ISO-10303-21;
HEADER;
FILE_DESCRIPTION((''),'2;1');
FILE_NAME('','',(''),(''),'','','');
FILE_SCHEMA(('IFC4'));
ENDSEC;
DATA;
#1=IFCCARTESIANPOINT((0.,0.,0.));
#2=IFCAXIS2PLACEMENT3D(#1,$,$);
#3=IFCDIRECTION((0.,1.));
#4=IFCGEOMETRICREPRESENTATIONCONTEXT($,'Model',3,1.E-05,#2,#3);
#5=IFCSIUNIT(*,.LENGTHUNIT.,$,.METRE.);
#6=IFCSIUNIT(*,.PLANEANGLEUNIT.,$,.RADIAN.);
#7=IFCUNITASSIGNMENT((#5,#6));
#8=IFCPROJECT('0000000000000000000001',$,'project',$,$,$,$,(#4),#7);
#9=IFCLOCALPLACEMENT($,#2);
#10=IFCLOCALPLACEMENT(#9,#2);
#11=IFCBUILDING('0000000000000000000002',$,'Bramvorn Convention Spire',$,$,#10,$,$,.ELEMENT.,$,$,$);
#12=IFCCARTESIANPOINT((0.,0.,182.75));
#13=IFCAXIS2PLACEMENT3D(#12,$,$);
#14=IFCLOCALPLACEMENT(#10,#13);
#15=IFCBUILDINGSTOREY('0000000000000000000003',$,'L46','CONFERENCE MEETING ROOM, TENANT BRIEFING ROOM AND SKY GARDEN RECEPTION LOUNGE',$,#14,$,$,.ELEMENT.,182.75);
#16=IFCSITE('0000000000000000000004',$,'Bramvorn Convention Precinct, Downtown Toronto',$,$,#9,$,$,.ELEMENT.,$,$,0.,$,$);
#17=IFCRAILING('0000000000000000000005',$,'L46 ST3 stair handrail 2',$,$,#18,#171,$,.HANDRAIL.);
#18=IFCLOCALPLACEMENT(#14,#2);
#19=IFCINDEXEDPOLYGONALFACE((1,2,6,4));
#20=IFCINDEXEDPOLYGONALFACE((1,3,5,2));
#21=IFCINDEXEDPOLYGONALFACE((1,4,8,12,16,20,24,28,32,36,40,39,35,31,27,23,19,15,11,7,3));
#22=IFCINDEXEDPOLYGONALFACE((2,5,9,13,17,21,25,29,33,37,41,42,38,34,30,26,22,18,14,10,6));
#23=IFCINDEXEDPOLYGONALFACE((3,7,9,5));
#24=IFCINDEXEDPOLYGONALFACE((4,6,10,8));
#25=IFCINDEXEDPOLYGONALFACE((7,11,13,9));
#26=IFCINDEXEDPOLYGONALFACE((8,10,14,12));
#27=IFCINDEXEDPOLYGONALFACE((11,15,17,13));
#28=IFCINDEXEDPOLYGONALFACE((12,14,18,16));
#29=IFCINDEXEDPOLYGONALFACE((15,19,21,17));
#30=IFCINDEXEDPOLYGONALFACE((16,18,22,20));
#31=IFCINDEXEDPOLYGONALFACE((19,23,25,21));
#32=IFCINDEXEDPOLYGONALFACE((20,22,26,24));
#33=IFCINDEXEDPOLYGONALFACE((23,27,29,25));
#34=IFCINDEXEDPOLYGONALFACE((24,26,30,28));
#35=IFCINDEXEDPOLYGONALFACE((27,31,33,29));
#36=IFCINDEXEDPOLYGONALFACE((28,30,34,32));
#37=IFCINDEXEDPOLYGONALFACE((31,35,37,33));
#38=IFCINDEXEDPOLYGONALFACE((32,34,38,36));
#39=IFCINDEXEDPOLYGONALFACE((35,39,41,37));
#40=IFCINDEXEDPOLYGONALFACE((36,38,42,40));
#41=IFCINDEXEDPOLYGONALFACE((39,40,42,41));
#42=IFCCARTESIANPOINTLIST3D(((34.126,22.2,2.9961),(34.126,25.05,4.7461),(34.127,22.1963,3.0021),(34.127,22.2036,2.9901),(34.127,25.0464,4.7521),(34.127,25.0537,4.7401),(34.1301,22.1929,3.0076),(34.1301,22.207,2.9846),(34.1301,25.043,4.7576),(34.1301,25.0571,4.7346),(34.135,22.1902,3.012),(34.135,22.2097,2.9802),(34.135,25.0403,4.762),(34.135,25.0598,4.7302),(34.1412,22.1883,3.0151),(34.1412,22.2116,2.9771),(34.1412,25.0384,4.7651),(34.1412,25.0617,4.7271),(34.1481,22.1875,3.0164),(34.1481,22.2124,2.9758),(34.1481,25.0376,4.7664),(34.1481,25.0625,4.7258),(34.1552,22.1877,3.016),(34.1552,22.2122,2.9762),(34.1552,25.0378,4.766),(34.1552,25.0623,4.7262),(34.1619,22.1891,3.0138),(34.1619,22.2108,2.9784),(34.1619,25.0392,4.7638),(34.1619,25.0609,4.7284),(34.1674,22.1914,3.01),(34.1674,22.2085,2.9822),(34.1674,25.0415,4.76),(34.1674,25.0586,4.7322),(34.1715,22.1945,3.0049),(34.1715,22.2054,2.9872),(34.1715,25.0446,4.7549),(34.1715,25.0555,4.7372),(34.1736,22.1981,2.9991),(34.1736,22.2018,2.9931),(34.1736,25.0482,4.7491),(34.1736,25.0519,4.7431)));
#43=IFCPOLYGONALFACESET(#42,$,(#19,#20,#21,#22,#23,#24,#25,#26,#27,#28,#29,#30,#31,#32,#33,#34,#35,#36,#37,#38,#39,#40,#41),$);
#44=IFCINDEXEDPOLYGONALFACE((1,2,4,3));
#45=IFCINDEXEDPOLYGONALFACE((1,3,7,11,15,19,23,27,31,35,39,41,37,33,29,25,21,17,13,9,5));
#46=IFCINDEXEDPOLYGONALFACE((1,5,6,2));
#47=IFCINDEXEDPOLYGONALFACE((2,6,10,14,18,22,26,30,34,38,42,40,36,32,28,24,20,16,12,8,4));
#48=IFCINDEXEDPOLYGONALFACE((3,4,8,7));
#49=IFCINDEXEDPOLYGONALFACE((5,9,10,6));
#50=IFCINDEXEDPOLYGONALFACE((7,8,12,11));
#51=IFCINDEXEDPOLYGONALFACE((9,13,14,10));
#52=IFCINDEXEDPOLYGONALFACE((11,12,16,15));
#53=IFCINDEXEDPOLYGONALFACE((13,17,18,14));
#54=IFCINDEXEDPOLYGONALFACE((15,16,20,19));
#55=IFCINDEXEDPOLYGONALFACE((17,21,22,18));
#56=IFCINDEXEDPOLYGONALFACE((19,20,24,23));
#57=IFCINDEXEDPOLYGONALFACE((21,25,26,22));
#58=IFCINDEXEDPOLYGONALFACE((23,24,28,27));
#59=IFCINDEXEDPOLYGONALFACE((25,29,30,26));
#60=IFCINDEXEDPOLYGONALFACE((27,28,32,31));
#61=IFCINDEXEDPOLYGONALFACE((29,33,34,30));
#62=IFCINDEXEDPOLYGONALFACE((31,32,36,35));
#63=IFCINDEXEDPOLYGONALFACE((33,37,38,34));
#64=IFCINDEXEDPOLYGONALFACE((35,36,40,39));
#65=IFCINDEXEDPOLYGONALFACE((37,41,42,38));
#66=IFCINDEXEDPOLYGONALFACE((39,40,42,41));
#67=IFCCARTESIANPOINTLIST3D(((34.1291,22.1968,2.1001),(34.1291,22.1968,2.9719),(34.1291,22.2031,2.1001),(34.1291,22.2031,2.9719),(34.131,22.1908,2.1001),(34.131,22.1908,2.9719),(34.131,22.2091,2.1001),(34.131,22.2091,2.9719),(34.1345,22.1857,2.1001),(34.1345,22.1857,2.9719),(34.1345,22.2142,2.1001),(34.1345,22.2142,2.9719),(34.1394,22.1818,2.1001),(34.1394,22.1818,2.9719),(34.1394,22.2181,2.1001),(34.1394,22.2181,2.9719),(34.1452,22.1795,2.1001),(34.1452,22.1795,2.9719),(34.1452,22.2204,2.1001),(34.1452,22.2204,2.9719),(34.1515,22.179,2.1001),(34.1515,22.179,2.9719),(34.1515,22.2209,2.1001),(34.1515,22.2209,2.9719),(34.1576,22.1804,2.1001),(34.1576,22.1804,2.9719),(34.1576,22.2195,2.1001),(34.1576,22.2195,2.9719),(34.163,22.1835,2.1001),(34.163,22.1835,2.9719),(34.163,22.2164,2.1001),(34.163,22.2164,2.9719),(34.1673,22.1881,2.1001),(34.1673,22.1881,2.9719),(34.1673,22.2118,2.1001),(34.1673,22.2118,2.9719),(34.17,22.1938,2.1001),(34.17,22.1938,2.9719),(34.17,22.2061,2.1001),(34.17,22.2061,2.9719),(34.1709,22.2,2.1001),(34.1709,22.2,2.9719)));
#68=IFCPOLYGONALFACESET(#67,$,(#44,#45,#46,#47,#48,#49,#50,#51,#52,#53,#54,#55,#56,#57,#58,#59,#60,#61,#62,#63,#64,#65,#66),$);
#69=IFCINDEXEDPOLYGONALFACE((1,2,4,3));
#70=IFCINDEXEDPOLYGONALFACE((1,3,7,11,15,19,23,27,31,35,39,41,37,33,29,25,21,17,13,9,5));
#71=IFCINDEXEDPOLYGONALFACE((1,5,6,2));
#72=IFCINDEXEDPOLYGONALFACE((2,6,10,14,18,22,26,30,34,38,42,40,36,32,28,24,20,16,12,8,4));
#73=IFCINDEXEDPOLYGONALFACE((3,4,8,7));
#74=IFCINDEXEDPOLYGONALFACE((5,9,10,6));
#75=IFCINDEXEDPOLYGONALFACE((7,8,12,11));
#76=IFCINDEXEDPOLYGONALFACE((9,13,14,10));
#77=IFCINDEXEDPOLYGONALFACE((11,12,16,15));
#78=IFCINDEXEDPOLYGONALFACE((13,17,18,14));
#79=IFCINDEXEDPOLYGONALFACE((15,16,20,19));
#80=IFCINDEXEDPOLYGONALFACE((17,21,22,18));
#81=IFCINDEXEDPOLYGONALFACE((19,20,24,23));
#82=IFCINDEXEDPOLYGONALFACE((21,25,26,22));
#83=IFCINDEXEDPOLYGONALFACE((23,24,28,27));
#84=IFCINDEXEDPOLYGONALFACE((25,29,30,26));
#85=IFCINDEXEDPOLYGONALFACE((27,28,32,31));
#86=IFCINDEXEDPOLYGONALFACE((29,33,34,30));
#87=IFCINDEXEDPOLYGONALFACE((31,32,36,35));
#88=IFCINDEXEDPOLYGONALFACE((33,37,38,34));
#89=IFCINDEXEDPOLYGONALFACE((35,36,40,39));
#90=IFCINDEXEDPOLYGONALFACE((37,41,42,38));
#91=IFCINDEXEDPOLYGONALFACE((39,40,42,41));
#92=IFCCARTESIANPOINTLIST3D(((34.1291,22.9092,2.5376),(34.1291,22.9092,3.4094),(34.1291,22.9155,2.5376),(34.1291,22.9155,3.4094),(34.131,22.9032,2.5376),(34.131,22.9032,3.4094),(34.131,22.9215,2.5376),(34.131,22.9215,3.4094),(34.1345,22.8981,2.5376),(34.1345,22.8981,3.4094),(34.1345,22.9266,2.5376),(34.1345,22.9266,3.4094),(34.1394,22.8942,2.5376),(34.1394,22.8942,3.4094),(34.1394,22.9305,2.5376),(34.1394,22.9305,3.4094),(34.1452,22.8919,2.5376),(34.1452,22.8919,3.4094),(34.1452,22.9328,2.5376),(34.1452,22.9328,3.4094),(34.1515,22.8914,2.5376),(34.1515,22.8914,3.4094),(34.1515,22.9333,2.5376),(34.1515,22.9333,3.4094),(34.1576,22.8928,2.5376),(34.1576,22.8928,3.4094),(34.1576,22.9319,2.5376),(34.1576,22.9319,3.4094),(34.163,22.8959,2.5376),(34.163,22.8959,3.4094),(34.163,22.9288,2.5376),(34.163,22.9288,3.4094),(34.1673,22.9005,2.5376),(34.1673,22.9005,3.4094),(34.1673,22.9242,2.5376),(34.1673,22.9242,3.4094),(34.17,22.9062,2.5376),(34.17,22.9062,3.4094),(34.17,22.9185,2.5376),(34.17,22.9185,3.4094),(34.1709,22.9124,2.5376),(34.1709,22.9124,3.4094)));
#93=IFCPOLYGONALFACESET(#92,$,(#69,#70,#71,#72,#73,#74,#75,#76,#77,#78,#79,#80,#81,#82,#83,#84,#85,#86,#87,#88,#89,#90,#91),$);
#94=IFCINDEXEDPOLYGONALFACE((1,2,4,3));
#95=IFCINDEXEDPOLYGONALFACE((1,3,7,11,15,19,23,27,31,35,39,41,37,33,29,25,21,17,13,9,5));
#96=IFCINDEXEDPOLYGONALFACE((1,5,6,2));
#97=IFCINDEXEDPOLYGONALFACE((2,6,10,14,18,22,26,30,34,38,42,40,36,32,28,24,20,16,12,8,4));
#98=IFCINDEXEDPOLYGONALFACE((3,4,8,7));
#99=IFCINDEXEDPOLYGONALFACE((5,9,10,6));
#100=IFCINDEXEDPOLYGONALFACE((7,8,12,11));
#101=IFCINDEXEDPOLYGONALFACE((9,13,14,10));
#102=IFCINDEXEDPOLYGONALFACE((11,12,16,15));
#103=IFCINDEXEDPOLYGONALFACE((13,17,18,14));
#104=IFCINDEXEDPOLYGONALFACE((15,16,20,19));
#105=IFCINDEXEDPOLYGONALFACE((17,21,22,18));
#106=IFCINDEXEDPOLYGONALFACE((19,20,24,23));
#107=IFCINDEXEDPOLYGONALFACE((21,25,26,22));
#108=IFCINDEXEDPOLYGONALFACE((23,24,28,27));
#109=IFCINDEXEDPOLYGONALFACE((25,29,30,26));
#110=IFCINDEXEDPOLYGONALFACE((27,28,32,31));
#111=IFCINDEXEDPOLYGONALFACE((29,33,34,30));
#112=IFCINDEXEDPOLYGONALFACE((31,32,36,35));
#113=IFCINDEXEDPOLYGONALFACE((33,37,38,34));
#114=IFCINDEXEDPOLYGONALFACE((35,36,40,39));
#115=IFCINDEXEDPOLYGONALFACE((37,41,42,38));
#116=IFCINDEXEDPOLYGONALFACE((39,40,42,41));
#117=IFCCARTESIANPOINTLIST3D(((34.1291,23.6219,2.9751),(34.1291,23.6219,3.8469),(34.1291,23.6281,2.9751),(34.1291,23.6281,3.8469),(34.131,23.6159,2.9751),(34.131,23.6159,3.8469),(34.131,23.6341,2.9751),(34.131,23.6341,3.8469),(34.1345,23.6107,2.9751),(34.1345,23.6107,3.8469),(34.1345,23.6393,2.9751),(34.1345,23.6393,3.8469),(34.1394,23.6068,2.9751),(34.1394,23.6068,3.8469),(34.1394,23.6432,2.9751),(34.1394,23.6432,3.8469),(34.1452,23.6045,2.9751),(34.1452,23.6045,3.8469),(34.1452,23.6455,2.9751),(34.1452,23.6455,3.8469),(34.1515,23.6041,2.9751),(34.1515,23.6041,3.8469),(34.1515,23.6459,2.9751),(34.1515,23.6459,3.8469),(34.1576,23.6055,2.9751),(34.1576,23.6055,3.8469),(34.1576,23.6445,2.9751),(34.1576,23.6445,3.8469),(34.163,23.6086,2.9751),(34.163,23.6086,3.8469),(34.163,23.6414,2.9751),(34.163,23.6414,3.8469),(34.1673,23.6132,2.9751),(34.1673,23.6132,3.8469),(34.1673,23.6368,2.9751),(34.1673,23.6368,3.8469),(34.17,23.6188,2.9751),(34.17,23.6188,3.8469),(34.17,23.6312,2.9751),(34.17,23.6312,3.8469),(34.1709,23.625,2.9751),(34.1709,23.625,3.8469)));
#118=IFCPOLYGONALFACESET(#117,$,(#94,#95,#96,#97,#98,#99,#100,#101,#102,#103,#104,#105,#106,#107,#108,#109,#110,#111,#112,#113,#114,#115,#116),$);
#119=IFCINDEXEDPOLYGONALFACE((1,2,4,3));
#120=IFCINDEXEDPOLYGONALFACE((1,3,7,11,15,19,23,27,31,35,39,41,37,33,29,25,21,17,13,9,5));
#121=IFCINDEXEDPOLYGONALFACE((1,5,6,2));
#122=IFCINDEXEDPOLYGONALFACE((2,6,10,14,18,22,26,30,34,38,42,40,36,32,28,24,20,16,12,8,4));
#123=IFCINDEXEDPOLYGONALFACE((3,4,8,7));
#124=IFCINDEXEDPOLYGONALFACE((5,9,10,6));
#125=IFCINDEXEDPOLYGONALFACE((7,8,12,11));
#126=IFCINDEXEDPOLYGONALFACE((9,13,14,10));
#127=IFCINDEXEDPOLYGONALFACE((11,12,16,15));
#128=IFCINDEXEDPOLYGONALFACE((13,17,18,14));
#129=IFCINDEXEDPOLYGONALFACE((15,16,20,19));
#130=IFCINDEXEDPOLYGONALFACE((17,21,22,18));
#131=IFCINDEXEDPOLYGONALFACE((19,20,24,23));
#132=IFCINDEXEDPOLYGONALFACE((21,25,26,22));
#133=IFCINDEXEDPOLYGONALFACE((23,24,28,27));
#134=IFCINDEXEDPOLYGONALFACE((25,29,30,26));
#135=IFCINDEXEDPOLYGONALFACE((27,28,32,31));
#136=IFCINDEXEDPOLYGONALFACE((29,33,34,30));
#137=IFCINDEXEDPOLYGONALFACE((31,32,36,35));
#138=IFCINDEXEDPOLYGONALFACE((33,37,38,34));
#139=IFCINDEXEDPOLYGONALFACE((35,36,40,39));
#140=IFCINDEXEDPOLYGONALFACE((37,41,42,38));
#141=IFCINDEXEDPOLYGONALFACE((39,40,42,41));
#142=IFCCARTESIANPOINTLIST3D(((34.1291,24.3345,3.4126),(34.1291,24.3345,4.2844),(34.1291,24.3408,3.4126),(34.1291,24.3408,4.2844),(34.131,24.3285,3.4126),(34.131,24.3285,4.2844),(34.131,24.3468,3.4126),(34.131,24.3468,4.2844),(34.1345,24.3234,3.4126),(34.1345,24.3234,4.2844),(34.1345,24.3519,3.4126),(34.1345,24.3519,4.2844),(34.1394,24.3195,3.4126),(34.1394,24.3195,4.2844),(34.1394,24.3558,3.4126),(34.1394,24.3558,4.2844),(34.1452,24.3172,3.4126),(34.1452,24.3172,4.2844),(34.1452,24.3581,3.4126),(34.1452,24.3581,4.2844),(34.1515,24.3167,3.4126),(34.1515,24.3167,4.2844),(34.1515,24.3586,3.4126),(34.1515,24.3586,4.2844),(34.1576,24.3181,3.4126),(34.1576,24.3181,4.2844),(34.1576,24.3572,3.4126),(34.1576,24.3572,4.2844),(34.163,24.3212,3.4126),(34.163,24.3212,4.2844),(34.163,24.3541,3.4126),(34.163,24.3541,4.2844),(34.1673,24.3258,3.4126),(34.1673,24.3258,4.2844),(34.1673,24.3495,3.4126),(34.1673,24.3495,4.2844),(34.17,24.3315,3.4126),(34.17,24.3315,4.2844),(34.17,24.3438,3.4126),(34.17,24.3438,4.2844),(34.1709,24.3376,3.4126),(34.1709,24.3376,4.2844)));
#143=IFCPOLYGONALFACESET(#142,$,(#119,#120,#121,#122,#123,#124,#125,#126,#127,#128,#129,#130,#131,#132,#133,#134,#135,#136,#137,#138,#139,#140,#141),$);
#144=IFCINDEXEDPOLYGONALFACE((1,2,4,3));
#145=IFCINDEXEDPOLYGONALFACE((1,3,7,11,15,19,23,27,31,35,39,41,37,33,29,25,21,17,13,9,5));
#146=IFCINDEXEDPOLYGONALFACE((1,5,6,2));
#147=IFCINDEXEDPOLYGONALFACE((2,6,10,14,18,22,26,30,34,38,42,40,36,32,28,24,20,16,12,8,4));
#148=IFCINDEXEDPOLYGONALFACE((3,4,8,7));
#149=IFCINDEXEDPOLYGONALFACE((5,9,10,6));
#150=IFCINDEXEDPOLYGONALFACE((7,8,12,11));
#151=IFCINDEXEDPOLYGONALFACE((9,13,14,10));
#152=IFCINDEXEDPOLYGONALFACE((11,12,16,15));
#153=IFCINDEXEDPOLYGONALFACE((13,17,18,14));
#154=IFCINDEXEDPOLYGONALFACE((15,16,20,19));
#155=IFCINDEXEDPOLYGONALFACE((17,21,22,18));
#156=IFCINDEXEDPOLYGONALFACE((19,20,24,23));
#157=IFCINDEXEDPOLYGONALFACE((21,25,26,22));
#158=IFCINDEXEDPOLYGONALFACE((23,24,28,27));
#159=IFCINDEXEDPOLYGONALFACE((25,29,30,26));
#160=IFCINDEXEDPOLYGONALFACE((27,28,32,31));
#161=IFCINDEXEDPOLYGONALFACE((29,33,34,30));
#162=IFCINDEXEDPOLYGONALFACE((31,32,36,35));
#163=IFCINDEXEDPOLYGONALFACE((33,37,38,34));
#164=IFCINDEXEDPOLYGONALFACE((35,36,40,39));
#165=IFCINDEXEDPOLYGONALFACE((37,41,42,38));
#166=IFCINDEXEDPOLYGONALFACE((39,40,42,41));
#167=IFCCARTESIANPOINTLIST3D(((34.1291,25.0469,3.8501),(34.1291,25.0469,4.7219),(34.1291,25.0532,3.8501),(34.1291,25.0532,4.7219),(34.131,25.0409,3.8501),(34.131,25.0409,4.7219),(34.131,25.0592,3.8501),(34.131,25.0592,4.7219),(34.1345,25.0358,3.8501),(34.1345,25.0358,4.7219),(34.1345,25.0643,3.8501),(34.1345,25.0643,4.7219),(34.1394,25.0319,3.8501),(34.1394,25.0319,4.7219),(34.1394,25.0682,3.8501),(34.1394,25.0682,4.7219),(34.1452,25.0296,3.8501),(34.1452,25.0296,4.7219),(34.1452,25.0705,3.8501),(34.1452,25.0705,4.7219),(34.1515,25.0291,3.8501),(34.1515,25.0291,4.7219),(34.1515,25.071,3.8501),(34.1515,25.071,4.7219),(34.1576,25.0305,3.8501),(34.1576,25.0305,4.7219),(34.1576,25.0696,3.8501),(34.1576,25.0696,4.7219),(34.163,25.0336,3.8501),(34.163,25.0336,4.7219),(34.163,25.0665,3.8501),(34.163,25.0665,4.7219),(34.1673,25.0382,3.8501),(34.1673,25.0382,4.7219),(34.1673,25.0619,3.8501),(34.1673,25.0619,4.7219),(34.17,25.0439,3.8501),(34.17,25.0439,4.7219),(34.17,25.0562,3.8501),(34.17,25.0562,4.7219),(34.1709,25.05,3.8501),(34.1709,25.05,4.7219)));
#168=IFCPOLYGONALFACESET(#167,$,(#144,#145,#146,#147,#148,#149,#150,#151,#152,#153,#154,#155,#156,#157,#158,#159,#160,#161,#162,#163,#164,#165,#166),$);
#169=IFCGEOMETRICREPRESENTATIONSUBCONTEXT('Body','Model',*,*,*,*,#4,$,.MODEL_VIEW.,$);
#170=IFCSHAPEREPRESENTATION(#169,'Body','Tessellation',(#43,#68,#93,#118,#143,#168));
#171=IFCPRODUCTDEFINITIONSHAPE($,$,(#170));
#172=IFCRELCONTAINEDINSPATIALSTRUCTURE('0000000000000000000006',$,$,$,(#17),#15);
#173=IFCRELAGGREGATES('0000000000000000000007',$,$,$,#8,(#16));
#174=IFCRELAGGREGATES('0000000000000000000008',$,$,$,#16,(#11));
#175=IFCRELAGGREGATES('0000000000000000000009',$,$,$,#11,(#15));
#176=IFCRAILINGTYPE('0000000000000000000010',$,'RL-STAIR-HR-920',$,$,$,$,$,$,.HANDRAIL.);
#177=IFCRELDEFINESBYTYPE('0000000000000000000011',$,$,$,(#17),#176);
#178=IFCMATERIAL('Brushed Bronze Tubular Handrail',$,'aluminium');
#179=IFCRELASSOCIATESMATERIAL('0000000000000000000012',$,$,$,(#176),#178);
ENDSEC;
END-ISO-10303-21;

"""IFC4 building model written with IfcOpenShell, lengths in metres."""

from ifc_helpers import new_model, si_unit, direction, frame, origin, origin_2d, place, context, subcontext, project, spatial, circle, extrude, material, type_object, element, save


model = new_model("IFC4")

# Units and contexts
model_context = context("Model", 3, precision=1e-05, world=origin(), true_north=direction((0.0, 1.0)))
body_context = subcontext(model_context, "Body", "Model", "MODEL_VIEW")
ifc_project = project(units=[si_unit("LENGTHUNIT", "METRE"), si_unit("PLANEANGLEUNIT", "RADIAN")], contexts=[model_context])

# Site, building, storey
site_placement = place(None, origin())
site = spatial("IfcSite", under=ifc_project, at=site_placement, Name="Bramvorn Convention Precinct, Downtown Toronto", CompositionType="ELEMENT", RefElevation=0.0)
building_placement = place(site_placement, origin())
building = spatial("IfcBuilding", under=site, at=building_placement, Name="Bramvorn Convention Spire", CompositionType="ELEMENT")
storey_placement = place(building_placement, frame((0.0, 0.0, 182.75)))
storey = spatial("IfcBuildingStorey", under=building, at=storey_placement, Name="L46", Description="CONFERENCE MEETING ROOM, TENANT BRIEFING ROOM AND SKY GARDEN RECEPTION LOUNGE", CompositionType="ELEMENT", Elevation=182.75)

# Railing
ifc_material_1 = material(Name="Brushed Bronze Tubular Handrail", Category="aluminium")
railing_type_1 = type_object("IfcRailingType", Name="RL-STAIR-HR-920", PredefinedType="HANDRAIL", material=ifc_material_1)
railing_1_placement = place(storey_placement, frame((34.1499, 22.2, 2.1001)))
element("IfcRailing", 1, at=railing_1_placement, inside=storey, type_object=railing_type_1, Name="L46 ST3 stair handrail 2", PredefinedType="HANDRAIL", context=body_context, shape_type="SweptSolid", body=[
    extrude(circle(Radius=0.0239, at=origin_2d()), frame((0.0, 0.0, 0.896), z_axis=(0.0, 0.852179, 0.52325), x_axis=(-1.0, 0.0, 0.0)), (0.0, 0.0, 1.0), 3.3445),
    extrude(circle(Radius=0.021, at=origin_2d()), origin(), (0.0, 0.0, 1.0), 0.8718),
    extrude(circle(Radius=0.021, at=origin_2d()), frame((0.0, 0.7124, 0.4375)), (0.0, 0.0, 1.0), 0.8718),
    extrude(circle(Radius=0.021, at=origin_2d()), frame((0.0, 1.425, 0.875)), (0.0, 0.0, 1.0), 0.8718),
    extrude(circle(Radius=0.021, at=origin_2d()), frame((0.0, 2.1377, 1.3125)), (0.0, 0.0, 1.0), 0.8718),
    extrude(circle(Radius=0.021, at=origin_2d()), frame((0.0, 2.8501, 1.75)), (0.0, 0.0, 1.0), 0.8718),
])

save(model, "model.ifc")
